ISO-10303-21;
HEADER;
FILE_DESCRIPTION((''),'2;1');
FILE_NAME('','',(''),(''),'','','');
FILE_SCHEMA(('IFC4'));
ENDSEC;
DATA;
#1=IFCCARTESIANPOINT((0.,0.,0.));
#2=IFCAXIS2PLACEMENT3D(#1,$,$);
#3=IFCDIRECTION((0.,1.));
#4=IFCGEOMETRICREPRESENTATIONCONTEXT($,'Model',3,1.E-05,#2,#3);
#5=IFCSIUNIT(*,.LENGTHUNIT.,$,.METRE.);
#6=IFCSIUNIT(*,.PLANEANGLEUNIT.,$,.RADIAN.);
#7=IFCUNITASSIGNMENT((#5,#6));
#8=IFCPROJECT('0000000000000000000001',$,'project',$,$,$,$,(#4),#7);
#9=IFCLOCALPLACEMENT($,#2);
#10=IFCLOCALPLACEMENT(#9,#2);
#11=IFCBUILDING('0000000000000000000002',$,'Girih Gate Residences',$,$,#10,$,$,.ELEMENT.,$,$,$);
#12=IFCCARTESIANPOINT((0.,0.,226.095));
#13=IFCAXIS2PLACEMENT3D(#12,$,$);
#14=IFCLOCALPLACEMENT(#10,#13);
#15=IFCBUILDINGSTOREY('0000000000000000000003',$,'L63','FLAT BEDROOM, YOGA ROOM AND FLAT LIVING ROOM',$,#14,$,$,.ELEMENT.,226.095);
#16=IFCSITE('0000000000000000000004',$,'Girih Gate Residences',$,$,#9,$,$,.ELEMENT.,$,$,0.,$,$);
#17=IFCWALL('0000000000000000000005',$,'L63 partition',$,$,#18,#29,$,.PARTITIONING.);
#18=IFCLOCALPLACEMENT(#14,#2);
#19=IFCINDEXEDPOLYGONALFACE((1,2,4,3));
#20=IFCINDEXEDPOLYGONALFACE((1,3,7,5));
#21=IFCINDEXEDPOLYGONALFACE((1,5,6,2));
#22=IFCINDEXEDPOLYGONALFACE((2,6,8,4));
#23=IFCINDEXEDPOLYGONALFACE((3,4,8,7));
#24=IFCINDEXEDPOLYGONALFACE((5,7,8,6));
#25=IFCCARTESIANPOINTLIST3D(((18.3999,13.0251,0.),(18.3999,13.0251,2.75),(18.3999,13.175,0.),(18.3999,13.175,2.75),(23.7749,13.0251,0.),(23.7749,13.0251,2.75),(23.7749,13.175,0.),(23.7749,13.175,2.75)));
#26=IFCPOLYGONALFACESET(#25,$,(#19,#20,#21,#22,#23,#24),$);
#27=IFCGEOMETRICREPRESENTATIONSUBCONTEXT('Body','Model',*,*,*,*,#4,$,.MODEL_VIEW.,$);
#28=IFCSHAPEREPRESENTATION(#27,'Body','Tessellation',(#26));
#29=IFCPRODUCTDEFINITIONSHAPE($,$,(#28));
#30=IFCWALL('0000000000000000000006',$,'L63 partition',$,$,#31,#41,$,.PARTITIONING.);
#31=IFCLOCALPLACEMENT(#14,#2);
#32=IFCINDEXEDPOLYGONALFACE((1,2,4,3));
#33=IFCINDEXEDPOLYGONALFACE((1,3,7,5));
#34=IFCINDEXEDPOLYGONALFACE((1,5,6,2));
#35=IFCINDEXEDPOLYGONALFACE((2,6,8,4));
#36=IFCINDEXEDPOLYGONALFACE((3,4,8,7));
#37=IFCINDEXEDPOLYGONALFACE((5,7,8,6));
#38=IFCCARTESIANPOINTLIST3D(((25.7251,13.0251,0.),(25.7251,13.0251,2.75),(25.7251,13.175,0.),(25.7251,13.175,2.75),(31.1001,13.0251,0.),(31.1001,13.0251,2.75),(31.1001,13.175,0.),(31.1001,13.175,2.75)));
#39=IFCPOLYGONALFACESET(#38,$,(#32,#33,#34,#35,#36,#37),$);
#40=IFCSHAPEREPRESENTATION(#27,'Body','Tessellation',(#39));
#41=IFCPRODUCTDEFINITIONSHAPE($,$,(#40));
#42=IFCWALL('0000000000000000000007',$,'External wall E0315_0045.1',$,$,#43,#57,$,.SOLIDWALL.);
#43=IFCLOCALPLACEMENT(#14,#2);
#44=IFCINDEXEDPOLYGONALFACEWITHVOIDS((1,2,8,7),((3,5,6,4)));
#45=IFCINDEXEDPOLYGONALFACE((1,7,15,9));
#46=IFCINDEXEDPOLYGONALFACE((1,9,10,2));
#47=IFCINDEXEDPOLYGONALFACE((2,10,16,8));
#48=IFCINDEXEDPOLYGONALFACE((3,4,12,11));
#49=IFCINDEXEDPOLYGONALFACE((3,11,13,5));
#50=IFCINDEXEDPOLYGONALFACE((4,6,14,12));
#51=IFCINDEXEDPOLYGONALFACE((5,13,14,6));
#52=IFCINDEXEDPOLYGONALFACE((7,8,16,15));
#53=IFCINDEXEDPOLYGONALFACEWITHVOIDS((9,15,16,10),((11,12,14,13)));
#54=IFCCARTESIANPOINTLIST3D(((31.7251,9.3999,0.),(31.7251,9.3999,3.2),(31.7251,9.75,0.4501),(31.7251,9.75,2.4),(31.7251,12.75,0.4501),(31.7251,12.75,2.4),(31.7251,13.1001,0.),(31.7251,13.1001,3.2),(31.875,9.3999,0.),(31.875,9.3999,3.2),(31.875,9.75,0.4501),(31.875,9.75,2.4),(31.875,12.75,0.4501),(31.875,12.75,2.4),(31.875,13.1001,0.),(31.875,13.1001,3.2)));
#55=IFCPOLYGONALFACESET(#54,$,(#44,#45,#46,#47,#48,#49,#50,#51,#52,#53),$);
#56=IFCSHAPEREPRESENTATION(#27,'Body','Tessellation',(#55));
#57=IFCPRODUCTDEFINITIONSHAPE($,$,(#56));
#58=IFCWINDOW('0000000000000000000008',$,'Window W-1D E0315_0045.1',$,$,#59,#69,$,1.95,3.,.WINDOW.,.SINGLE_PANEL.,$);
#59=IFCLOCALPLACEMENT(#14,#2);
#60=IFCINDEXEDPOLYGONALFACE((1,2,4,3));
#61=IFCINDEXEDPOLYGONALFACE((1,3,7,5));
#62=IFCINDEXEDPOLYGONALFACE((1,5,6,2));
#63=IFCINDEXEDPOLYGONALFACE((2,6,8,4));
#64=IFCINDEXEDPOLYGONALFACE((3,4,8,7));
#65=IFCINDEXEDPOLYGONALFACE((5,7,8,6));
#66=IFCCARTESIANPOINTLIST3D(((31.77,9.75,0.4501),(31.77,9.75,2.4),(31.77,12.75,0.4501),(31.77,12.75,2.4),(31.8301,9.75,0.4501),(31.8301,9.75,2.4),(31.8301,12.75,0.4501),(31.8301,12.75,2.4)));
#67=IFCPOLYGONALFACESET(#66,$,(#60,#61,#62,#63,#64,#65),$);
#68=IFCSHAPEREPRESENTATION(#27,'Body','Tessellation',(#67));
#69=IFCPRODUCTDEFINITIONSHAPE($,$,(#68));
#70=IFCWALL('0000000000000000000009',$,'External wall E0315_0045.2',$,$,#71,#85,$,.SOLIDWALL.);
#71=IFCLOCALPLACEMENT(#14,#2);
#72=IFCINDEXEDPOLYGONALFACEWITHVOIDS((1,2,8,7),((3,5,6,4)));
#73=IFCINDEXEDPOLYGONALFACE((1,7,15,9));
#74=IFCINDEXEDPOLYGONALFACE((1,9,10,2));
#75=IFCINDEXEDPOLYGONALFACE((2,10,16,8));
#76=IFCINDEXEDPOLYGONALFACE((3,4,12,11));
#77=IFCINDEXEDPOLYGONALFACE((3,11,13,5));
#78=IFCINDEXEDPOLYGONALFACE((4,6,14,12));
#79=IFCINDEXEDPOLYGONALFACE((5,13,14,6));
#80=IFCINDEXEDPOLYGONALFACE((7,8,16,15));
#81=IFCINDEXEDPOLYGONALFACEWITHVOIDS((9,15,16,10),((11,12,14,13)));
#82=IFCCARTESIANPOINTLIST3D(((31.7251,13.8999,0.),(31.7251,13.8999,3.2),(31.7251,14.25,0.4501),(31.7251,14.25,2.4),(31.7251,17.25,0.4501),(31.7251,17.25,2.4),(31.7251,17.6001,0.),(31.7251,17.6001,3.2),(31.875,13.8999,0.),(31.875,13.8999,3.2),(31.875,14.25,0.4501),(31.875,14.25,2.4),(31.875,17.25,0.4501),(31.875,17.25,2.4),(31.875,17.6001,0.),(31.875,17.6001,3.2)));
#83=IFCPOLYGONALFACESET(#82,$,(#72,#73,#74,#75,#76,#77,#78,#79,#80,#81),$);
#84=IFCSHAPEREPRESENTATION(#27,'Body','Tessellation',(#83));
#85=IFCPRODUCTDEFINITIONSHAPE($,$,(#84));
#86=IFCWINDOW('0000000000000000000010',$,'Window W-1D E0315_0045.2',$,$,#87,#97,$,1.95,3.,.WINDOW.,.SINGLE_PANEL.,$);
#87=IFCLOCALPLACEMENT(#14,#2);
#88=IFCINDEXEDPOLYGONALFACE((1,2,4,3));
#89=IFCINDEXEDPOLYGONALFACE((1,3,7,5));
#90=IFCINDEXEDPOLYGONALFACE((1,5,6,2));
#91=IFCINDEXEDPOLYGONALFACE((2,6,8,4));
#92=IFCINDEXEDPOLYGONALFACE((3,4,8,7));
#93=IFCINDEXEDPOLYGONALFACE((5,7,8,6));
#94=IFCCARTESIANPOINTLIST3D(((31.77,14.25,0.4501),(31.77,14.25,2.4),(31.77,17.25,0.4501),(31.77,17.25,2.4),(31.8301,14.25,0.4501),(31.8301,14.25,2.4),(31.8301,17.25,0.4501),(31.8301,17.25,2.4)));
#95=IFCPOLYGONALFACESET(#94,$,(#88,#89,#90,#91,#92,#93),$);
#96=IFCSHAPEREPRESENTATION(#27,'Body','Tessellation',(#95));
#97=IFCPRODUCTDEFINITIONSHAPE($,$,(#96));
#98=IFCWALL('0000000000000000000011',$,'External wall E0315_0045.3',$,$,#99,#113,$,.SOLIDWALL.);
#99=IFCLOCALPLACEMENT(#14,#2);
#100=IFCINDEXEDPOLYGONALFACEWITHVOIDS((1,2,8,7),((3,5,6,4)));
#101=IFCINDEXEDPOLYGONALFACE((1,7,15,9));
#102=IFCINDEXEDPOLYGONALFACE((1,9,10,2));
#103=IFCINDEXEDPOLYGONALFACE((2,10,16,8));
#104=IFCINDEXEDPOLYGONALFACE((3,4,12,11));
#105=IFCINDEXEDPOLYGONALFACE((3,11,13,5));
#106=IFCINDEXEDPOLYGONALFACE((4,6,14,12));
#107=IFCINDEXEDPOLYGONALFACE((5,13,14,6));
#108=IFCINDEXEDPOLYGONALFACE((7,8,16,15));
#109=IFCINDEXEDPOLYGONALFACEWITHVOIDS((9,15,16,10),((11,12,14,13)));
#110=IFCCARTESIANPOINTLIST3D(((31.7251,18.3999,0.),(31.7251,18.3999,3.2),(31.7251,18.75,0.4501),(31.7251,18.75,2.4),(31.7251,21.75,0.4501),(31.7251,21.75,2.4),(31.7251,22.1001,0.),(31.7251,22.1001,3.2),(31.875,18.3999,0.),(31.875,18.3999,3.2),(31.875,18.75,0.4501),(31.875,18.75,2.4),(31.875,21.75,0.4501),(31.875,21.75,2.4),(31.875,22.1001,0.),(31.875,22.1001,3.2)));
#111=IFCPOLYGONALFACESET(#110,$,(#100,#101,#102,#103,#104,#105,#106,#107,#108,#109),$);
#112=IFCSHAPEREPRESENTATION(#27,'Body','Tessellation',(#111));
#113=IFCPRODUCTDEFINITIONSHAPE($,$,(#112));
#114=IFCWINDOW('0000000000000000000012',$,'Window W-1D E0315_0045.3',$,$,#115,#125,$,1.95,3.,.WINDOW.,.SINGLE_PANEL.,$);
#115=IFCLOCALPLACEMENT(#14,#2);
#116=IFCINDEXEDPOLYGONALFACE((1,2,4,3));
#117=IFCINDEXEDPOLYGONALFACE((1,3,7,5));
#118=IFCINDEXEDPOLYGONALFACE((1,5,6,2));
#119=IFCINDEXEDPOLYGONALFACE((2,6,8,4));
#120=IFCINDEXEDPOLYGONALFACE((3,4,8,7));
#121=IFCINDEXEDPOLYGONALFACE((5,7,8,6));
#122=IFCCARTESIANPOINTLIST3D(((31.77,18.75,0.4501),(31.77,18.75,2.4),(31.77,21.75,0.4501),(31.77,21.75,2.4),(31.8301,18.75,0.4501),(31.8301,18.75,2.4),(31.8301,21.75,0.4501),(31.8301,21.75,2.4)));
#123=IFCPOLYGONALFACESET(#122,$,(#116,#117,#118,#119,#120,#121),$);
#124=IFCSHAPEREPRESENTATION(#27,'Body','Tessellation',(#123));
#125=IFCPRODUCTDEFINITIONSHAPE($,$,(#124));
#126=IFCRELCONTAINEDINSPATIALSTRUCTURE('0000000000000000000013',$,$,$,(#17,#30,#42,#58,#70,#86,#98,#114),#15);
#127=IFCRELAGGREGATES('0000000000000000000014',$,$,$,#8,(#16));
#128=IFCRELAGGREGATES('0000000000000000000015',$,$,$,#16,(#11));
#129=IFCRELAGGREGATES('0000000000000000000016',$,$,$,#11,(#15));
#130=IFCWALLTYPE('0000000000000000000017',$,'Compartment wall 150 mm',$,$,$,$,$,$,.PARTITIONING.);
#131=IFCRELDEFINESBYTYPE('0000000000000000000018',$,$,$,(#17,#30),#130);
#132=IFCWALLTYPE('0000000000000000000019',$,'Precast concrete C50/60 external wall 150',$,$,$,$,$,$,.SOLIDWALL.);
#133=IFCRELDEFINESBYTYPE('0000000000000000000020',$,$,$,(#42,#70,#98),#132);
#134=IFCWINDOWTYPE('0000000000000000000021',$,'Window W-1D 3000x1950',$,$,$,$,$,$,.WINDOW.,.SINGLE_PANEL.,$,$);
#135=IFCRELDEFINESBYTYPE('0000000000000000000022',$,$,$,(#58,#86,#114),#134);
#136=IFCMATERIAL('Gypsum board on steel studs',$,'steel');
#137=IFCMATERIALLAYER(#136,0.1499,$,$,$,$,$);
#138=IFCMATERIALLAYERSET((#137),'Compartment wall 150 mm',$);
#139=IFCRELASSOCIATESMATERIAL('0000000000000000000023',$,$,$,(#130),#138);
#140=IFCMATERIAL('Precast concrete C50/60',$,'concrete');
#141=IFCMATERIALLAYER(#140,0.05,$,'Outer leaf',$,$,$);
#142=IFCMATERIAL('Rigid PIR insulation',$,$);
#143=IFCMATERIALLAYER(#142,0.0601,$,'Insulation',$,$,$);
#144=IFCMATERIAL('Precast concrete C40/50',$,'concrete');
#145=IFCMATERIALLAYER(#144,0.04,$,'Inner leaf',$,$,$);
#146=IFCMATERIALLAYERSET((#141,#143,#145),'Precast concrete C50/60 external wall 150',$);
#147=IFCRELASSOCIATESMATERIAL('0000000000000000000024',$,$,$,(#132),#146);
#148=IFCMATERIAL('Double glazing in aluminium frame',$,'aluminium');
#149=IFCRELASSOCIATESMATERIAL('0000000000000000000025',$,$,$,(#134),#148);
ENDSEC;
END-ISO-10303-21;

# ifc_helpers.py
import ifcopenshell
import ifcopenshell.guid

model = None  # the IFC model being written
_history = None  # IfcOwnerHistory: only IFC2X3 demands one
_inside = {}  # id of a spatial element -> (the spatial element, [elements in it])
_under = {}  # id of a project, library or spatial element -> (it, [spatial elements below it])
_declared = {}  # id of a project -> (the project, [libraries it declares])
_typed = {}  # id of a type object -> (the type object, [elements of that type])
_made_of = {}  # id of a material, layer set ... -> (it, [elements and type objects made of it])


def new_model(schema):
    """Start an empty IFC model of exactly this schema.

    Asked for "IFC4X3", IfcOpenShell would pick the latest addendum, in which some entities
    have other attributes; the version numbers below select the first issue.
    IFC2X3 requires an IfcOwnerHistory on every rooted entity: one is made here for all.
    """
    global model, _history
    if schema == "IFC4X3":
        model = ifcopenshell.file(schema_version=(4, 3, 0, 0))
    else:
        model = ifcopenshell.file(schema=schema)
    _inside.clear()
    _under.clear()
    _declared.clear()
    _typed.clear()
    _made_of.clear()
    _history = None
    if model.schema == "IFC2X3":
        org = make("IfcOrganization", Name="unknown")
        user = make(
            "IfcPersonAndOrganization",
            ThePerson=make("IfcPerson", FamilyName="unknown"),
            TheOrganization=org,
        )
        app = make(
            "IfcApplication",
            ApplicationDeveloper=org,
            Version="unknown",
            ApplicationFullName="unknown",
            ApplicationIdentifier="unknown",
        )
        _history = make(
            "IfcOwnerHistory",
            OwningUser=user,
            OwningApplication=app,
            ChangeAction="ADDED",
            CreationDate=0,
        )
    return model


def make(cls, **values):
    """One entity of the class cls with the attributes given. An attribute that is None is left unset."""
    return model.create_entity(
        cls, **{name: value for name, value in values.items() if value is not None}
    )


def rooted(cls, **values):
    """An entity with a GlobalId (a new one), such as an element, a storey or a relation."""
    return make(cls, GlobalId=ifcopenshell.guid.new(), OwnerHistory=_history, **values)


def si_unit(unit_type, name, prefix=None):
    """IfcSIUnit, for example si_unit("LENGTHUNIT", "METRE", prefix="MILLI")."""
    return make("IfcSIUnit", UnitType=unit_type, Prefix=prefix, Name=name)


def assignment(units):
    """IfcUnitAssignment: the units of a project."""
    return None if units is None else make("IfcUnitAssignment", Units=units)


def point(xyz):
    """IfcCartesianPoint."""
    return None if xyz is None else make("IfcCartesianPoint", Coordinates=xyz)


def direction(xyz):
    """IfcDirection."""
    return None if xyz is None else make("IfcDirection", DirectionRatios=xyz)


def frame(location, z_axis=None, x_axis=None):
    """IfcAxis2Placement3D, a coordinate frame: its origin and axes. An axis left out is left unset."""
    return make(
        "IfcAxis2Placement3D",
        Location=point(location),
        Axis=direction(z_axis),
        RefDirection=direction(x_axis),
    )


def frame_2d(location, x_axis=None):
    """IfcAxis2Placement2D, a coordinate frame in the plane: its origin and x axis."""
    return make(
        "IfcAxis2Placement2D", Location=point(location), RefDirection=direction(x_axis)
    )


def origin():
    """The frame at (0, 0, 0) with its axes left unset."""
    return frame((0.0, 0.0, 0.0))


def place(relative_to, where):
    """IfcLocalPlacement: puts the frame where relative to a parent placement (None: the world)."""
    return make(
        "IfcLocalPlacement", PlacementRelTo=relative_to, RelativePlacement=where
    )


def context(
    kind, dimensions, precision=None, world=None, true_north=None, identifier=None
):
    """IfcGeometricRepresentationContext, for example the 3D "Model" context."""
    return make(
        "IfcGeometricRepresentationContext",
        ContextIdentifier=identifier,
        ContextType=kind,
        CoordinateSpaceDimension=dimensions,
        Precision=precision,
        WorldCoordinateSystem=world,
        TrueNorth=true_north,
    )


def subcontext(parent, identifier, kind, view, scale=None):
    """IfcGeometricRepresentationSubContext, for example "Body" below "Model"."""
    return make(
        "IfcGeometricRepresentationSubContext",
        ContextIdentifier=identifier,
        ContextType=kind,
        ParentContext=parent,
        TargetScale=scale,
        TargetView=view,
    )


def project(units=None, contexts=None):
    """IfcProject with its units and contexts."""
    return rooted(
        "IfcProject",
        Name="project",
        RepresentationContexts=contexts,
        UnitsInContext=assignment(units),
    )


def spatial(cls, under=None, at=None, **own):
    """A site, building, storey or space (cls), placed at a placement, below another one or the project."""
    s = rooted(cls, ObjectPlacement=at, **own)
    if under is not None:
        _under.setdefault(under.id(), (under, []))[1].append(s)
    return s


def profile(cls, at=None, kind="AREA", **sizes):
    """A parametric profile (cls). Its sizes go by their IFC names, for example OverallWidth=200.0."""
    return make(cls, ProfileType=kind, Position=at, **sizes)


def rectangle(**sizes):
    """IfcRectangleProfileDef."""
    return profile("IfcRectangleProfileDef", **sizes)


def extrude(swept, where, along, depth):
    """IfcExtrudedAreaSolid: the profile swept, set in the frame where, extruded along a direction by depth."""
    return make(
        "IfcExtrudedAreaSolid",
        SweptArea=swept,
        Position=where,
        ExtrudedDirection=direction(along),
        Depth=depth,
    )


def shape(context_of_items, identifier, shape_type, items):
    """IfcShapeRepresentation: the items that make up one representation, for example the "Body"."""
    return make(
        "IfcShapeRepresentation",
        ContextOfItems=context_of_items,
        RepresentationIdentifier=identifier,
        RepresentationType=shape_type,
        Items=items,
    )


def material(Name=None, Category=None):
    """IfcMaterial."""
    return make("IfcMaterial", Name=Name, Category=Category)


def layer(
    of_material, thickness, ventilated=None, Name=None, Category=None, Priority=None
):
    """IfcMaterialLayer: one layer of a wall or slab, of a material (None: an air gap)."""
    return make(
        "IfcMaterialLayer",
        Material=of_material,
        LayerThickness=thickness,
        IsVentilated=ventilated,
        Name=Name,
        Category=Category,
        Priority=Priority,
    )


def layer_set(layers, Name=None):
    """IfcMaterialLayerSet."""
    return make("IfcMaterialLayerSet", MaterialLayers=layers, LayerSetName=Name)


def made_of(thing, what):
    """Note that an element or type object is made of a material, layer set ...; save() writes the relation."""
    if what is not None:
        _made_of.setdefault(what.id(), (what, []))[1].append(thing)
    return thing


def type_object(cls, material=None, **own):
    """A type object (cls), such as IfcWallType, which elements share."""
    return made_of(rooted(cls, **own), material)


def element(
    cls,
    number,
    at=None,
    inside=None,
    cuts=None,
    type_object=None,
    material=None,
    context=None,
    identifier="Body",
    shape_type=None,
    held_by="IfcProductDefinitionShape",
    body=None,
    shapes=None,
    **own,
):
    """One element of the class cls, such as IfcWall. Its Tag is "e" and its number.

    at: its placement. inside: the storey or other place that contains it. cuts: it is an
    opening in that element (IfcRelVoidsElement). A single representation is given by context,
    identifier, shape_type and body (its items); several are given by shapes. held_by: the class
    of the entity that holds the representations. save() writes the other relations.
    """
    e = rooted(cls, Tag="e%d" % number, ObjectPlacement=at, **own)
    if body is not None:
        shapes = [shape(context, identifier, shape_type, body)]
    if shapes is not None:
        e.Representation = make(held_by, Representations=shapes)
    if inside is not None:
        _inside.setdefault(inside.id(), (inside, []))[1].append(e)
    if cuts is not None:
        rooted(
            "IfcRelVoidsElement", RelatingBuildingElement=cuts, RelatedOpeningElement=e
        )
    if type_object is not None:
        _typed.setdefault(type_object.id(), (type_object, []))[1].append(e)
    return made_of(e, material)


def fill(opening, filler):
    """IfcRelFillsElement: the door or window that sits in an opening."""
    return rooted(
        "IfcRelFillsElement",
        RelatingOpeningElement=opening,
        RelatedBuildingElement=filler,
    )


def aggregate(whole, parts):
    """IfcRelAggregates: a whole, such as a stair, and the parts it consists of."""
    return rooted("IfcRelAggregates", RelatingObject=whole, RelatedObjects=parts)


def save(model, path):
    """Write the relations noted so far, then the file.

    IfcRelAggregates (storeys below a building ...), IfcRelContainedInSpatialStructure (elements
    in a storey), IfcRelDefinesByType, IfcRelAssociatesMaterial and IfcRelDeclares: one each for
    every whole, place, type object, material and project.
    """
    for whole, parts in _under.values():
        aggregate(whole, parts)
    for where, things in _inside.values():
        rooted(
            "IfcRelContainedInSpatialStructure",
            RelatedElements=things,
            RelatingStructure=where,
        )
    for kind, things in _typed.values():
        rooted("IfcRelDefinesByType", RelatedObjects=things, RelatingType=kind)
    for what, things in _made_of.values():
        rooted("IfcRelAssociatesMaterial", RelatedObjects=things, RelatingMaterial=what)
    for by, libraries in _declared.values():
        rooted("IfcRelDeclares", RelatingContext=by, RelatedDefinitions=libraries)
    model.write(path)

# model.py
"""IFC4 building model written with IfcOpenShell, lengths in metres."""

from ifc_helpers import new_model, si_unit, direction, frame, frame_2d, origin, place, context, subcontext, project, spatial, rectangle, extrude, material, layer, layer_set, type_object, element, fill, save


model = new_model("IFC4")

# Units and contexts
model_context = context("Model", 3, precision=1e-05, world=origin(), true_north=direction((0.0, 1.0)))
body_context = subcontext(model_context, "Body", "Model", "MODEL_VIEW")
ifc_project = project(units=[si_unit("LENGTHUNIT", "METRE"), si_unit("PLANEANGLEUNIT", "RADIAN")], contexts=[model_context])

# Site, building, storey
site_placement = place(None, origin())
site = spatial("IfcSite", under=ifc_project, at=site_placement, Name="Girih Gate Residences", CompositionType="ELEMENT", RefElevation=0.0)
building_placement = place(site_placement, origin())
building = spatial("IfcBuilding", under=site, at=building_placement, Name="Girih Gate Residences", CompositionType="ELEMENT")
storey_placement = place(building_placement, frame((0.0, 0.0, 226.095)))
storey = spatial("IfcBuildingStorey", under=building, at=storey_placement, Name="L63", Description="FLAT BEDROOM, YOGA ROOM AND FLAT LIVING ROOM", CompositionType="ELEMENT", Elevation=226.095)

# Shared definitions
ifc_material_1 = material(Name="Gypsum board on steel studs", Category="steel")
ifc_layer_1 = layer(ifc_material_1, 0.1499)
ifc_layer_set_1 = layer_set([ifc_layer_1], Name="Compartment wall 150 mm")
wall_type_1 = type_object("IfcWallType", Name="Compartment wall 150 mm", PredefinedType="PARTITIONING", material=ifc_layer_set_1)

# Walls
for number, where, z_axis, x_axis, name in (
    (1, (18.3999, 13.1001, 0.0), (0.0, 0.0, 1.0), (1.0, 0.0, 0.0), "L63 partition"),
    (2, (25.7251, 13.1001, 0.0), (0.0, 0.0, 1.0), (1.0, 0.0, 0.0), "L63 partition"),
):
    element("IfcWall", number, at=place(storey_placement, frame(where, z_axis=z_axis, x_axis=x_axis)), inside=storey, type_object=wall_type_1, Name=name, PredefinedType="PARTITIONING", context=body_context, shape_type="SweptSolid", body=[
        extrude(rectangle(XDim=5.375, YDim=0.1499, at=frame_2d((2.6875, 0.0))), origin(), (0.0, 0.0, 1.0), 2.75),
    ])

# Walls, openings, windows
ifc_material_2 = material(Name="Precast concrete C50/60", Category="concrete")
ifc_layer_2 = layer(ifc_material_2, 0.05, Name="Outer leaf")
ifc_material_3 = material(Name="Rigid PIR insulation")
ifc_layer_3 = layer(ifc_material_3, 0.0601, Name="Insulation")
ifc_material_4 = material(Name="Precast concrete C40/50", Category="concrete")
ifc_layer_4 = layer(ifc_material_4, 0.04, Name="Inner leaf")
ifc_layer_set_2 = layer_set([ifc_layer_2, ifc_layer_3, ifc_layer_4], Name="Precast concrete C50/60 external wall 150")
wall_type_2 = type_object("IfcWallType", Name="Precast concrete C50/60 external wall 150", PredefinedType="SOLIDWALL", material=ifc_layer_set_2)
wall_1_placement = place(storey_placement, frame((31.8, 13.1001, 0.0), z_axis=(0.0, 0.0, 1.0), x_axis=(0.0, -1.0, 0.0)))
wall_1 = element("IfcWall", 3, at=wall_1_placement, inside=storey, type_object=wall_type_2, Name="External wall E0315_0045.1", PredefinedType="SOLIDWALL", context=body_context, shape_type="SweptSolid", body=[
    extrude(rectangle(XDim=3.7002, YDim=0.1499, at=frame_2d((1.8501, 0.0))), origin(), (0.0, 0.0, 1.0), 3.2),
])
opening_1_placement = place(wall_1_placement, frame((0.3501, 0.0, 0.45)))
opening_1 = element("IfcOpeningElement", 4, at=opening_1_placement, cuts=wall_1, PredefinedType="OPENING", context=body_context, shape_type="SweptSolid", body=[
    extrude(rectangle(XDim=3.0, YDim=1.95, at=frame_2d((1.5, 0.9751))), frame((0.0, 0.085, 0.0), z_axis=(0.0, -1.0, 0.0), x_axis=(1.0, 0.0, 0.0)), (0.0, 0.0, 1.0), 0.1699),
])
ifc_material_5 = material(Name="Double glazing in aluminium frame", Category="aluminium")
window_type = type_object("IfcWindowType", Name="Window W-1D 3000x1950", PartitioningType="SINGLE_PANEL", PredefinedType="WINDOW", material=ifc_material_5)
window_1_placement = place(opening_1_placement, origin())
window_1 = element("IfcWindow", 5, at=window_1_placement, inside=storey, type_object=window_type, Name="Window W-1D E0315_0045.1", OverallHeight=1.95, OverallWidth=3.0, PartitioningType="SINGLE_PANEL", PredefinedType="WINDOW", context=body_context, shape_type="SweptSolid", body=[
    extrude(rectangle(XDim=3.0, YDim=1.95, at=frame_2d((1.5, 0.9751))), frame((0.0, 0.03, 0.0), z_axis=(0.0, -1.0, 0.0), x_axis=(1.0, 0.0, 0.0)), (0.0, 0.0, 1.0), 0.0601),
])
fill(opening_1, window_1)
wall_2_placement = place(storey_placement, frame((31.8, 17.6001, 0.0), z_axis=(0.0, 0.0, 1.0), x_axis=(0.0, -1.0, 0.0)))
wall_2 = element("IfcWall", 6, at=wall_2_placement, inside=storey, type_object=wall_type_2, Name="External wall E0315_0045.2", PredefinedType="SOLIDWALL", context=body_context, shape_type="SweptSolid", body=[
    extrude(rectangle(XDim=3.7002, YDim=0.1499, at=frame_2d((1.8501, 0.0))), origin(), (0.0, 0.0, 1.0), 3.2),
])
opening_2_placement = place(wall_2_placement, frame((0.3501, 0.0, 0.45)))
opening_2 = element("IfcOpeningElement", 7, at=opening_2_placement, cuts=wall_2, PredefinedType="OPENING", context=body_context, shape_type="SweptSolid", body=[
    extrude(rectangle(XDim=3.0, YDim=1.95, at=frame_2d((1.5, 0.9751))), frame((0.0, 0.085, 0.0), z_axis=(0.0, -1.0, 0.0), x_axis=(1.0, 0.0, 0.0)), (0.0, 0.0, 1.0), 0.1699),
])
window_2_placement = place(opening_2_placement, origin())
window_2 = element("IfcWindow", 8, at=window_2_placement, inside=storey, type_object=window_type, Name="Window W-1D E0315_0045.2", OverallHeight=1.95, OverallWidth=3.0, PartitioningType="SINGLE_PANEL", PredefinedType="WINDOW", context=body_context, shape_type="SweptSolid", body=[
    extrude(rectangle(XDim=3.0, YDim=1.95, at=frame_2d((1.5, 0.9751))), frame((0.0, 0.03, 0.0), z_axis=(0.0, -1.0, 0.0), x_axis=(1.0, 0.0, 0.0)), (0.0, 0.0, 1.0), 0.0601),
])
fill(opening_2, window_2)
wall_3_placement = place(storey_placement, frame((31.8, 22.1001, 0.0), z_axis=(0.0, 0.0, 1.0), x_axis=(0.0, -1.0, 0.0)))
wall_3 = element("IfcWall", 9, at=wall_3_placement, inside=storey, type_object=wall_type_2, Name="External wall E0315_0045.3", PredefinedType="SOLIDWALL", context=body_context, shape_type="SweptSolid", body=[
    extrude(rectangle(XDim=3.7002, YDim=0.1499, at=frame_2d((1.8501, 0.0))), origin(), (0.0, 0.0, 1.0), 3.2),
])
opening_3_placement = place(wall_3_placement, frame((0.3501, 0.0, 0.45)))
opening_3 = element("IfcOpeningElement", 10, at=opening_3_placement, cuts=wall_3, PredefinedType="OPENING", context=body_context, shape_type="SweptSolid", body=[
    extrude(rectangle(XDim=3.0, YDim=1.95, at=frame_2d((1.5, 0.9751))), frame((0.0, 0.085, 0.0), z_axis=(0.0, -1.0, 0.0), x_axis=(1.0, 0.0, 0.0)), (0.0, 0.0, 1.0), 0.1699),
])
window_3_placement = place(opening_3_placement, origin())
window_3 = element("IfcWindow", 11, at=window_3_placement, inside=storey, type_object=window_type, Name="Window W-1D E0315_0045.3", OverallHeight=1.95, OverallWidth=3.0, PartitioningType="SINGLE_PANEL", PredefinedType="WINDOW", context=body_context, shape_type="SweptSolid", body=[
    extrude(rectangle(XDim=3.0, YDim=1.95, at=frame_2d((1.5, 0.9751))), frame((0.0, 0.03, 0.0), z_axis=(0.0, -1.0, 0.0), x_axis=(1.0, 0.0, 0.0)), (0.0, 0.0, 1.0), 0.0601),
])
fill(opening_3, window_3)

save(model, "model.ifc")
